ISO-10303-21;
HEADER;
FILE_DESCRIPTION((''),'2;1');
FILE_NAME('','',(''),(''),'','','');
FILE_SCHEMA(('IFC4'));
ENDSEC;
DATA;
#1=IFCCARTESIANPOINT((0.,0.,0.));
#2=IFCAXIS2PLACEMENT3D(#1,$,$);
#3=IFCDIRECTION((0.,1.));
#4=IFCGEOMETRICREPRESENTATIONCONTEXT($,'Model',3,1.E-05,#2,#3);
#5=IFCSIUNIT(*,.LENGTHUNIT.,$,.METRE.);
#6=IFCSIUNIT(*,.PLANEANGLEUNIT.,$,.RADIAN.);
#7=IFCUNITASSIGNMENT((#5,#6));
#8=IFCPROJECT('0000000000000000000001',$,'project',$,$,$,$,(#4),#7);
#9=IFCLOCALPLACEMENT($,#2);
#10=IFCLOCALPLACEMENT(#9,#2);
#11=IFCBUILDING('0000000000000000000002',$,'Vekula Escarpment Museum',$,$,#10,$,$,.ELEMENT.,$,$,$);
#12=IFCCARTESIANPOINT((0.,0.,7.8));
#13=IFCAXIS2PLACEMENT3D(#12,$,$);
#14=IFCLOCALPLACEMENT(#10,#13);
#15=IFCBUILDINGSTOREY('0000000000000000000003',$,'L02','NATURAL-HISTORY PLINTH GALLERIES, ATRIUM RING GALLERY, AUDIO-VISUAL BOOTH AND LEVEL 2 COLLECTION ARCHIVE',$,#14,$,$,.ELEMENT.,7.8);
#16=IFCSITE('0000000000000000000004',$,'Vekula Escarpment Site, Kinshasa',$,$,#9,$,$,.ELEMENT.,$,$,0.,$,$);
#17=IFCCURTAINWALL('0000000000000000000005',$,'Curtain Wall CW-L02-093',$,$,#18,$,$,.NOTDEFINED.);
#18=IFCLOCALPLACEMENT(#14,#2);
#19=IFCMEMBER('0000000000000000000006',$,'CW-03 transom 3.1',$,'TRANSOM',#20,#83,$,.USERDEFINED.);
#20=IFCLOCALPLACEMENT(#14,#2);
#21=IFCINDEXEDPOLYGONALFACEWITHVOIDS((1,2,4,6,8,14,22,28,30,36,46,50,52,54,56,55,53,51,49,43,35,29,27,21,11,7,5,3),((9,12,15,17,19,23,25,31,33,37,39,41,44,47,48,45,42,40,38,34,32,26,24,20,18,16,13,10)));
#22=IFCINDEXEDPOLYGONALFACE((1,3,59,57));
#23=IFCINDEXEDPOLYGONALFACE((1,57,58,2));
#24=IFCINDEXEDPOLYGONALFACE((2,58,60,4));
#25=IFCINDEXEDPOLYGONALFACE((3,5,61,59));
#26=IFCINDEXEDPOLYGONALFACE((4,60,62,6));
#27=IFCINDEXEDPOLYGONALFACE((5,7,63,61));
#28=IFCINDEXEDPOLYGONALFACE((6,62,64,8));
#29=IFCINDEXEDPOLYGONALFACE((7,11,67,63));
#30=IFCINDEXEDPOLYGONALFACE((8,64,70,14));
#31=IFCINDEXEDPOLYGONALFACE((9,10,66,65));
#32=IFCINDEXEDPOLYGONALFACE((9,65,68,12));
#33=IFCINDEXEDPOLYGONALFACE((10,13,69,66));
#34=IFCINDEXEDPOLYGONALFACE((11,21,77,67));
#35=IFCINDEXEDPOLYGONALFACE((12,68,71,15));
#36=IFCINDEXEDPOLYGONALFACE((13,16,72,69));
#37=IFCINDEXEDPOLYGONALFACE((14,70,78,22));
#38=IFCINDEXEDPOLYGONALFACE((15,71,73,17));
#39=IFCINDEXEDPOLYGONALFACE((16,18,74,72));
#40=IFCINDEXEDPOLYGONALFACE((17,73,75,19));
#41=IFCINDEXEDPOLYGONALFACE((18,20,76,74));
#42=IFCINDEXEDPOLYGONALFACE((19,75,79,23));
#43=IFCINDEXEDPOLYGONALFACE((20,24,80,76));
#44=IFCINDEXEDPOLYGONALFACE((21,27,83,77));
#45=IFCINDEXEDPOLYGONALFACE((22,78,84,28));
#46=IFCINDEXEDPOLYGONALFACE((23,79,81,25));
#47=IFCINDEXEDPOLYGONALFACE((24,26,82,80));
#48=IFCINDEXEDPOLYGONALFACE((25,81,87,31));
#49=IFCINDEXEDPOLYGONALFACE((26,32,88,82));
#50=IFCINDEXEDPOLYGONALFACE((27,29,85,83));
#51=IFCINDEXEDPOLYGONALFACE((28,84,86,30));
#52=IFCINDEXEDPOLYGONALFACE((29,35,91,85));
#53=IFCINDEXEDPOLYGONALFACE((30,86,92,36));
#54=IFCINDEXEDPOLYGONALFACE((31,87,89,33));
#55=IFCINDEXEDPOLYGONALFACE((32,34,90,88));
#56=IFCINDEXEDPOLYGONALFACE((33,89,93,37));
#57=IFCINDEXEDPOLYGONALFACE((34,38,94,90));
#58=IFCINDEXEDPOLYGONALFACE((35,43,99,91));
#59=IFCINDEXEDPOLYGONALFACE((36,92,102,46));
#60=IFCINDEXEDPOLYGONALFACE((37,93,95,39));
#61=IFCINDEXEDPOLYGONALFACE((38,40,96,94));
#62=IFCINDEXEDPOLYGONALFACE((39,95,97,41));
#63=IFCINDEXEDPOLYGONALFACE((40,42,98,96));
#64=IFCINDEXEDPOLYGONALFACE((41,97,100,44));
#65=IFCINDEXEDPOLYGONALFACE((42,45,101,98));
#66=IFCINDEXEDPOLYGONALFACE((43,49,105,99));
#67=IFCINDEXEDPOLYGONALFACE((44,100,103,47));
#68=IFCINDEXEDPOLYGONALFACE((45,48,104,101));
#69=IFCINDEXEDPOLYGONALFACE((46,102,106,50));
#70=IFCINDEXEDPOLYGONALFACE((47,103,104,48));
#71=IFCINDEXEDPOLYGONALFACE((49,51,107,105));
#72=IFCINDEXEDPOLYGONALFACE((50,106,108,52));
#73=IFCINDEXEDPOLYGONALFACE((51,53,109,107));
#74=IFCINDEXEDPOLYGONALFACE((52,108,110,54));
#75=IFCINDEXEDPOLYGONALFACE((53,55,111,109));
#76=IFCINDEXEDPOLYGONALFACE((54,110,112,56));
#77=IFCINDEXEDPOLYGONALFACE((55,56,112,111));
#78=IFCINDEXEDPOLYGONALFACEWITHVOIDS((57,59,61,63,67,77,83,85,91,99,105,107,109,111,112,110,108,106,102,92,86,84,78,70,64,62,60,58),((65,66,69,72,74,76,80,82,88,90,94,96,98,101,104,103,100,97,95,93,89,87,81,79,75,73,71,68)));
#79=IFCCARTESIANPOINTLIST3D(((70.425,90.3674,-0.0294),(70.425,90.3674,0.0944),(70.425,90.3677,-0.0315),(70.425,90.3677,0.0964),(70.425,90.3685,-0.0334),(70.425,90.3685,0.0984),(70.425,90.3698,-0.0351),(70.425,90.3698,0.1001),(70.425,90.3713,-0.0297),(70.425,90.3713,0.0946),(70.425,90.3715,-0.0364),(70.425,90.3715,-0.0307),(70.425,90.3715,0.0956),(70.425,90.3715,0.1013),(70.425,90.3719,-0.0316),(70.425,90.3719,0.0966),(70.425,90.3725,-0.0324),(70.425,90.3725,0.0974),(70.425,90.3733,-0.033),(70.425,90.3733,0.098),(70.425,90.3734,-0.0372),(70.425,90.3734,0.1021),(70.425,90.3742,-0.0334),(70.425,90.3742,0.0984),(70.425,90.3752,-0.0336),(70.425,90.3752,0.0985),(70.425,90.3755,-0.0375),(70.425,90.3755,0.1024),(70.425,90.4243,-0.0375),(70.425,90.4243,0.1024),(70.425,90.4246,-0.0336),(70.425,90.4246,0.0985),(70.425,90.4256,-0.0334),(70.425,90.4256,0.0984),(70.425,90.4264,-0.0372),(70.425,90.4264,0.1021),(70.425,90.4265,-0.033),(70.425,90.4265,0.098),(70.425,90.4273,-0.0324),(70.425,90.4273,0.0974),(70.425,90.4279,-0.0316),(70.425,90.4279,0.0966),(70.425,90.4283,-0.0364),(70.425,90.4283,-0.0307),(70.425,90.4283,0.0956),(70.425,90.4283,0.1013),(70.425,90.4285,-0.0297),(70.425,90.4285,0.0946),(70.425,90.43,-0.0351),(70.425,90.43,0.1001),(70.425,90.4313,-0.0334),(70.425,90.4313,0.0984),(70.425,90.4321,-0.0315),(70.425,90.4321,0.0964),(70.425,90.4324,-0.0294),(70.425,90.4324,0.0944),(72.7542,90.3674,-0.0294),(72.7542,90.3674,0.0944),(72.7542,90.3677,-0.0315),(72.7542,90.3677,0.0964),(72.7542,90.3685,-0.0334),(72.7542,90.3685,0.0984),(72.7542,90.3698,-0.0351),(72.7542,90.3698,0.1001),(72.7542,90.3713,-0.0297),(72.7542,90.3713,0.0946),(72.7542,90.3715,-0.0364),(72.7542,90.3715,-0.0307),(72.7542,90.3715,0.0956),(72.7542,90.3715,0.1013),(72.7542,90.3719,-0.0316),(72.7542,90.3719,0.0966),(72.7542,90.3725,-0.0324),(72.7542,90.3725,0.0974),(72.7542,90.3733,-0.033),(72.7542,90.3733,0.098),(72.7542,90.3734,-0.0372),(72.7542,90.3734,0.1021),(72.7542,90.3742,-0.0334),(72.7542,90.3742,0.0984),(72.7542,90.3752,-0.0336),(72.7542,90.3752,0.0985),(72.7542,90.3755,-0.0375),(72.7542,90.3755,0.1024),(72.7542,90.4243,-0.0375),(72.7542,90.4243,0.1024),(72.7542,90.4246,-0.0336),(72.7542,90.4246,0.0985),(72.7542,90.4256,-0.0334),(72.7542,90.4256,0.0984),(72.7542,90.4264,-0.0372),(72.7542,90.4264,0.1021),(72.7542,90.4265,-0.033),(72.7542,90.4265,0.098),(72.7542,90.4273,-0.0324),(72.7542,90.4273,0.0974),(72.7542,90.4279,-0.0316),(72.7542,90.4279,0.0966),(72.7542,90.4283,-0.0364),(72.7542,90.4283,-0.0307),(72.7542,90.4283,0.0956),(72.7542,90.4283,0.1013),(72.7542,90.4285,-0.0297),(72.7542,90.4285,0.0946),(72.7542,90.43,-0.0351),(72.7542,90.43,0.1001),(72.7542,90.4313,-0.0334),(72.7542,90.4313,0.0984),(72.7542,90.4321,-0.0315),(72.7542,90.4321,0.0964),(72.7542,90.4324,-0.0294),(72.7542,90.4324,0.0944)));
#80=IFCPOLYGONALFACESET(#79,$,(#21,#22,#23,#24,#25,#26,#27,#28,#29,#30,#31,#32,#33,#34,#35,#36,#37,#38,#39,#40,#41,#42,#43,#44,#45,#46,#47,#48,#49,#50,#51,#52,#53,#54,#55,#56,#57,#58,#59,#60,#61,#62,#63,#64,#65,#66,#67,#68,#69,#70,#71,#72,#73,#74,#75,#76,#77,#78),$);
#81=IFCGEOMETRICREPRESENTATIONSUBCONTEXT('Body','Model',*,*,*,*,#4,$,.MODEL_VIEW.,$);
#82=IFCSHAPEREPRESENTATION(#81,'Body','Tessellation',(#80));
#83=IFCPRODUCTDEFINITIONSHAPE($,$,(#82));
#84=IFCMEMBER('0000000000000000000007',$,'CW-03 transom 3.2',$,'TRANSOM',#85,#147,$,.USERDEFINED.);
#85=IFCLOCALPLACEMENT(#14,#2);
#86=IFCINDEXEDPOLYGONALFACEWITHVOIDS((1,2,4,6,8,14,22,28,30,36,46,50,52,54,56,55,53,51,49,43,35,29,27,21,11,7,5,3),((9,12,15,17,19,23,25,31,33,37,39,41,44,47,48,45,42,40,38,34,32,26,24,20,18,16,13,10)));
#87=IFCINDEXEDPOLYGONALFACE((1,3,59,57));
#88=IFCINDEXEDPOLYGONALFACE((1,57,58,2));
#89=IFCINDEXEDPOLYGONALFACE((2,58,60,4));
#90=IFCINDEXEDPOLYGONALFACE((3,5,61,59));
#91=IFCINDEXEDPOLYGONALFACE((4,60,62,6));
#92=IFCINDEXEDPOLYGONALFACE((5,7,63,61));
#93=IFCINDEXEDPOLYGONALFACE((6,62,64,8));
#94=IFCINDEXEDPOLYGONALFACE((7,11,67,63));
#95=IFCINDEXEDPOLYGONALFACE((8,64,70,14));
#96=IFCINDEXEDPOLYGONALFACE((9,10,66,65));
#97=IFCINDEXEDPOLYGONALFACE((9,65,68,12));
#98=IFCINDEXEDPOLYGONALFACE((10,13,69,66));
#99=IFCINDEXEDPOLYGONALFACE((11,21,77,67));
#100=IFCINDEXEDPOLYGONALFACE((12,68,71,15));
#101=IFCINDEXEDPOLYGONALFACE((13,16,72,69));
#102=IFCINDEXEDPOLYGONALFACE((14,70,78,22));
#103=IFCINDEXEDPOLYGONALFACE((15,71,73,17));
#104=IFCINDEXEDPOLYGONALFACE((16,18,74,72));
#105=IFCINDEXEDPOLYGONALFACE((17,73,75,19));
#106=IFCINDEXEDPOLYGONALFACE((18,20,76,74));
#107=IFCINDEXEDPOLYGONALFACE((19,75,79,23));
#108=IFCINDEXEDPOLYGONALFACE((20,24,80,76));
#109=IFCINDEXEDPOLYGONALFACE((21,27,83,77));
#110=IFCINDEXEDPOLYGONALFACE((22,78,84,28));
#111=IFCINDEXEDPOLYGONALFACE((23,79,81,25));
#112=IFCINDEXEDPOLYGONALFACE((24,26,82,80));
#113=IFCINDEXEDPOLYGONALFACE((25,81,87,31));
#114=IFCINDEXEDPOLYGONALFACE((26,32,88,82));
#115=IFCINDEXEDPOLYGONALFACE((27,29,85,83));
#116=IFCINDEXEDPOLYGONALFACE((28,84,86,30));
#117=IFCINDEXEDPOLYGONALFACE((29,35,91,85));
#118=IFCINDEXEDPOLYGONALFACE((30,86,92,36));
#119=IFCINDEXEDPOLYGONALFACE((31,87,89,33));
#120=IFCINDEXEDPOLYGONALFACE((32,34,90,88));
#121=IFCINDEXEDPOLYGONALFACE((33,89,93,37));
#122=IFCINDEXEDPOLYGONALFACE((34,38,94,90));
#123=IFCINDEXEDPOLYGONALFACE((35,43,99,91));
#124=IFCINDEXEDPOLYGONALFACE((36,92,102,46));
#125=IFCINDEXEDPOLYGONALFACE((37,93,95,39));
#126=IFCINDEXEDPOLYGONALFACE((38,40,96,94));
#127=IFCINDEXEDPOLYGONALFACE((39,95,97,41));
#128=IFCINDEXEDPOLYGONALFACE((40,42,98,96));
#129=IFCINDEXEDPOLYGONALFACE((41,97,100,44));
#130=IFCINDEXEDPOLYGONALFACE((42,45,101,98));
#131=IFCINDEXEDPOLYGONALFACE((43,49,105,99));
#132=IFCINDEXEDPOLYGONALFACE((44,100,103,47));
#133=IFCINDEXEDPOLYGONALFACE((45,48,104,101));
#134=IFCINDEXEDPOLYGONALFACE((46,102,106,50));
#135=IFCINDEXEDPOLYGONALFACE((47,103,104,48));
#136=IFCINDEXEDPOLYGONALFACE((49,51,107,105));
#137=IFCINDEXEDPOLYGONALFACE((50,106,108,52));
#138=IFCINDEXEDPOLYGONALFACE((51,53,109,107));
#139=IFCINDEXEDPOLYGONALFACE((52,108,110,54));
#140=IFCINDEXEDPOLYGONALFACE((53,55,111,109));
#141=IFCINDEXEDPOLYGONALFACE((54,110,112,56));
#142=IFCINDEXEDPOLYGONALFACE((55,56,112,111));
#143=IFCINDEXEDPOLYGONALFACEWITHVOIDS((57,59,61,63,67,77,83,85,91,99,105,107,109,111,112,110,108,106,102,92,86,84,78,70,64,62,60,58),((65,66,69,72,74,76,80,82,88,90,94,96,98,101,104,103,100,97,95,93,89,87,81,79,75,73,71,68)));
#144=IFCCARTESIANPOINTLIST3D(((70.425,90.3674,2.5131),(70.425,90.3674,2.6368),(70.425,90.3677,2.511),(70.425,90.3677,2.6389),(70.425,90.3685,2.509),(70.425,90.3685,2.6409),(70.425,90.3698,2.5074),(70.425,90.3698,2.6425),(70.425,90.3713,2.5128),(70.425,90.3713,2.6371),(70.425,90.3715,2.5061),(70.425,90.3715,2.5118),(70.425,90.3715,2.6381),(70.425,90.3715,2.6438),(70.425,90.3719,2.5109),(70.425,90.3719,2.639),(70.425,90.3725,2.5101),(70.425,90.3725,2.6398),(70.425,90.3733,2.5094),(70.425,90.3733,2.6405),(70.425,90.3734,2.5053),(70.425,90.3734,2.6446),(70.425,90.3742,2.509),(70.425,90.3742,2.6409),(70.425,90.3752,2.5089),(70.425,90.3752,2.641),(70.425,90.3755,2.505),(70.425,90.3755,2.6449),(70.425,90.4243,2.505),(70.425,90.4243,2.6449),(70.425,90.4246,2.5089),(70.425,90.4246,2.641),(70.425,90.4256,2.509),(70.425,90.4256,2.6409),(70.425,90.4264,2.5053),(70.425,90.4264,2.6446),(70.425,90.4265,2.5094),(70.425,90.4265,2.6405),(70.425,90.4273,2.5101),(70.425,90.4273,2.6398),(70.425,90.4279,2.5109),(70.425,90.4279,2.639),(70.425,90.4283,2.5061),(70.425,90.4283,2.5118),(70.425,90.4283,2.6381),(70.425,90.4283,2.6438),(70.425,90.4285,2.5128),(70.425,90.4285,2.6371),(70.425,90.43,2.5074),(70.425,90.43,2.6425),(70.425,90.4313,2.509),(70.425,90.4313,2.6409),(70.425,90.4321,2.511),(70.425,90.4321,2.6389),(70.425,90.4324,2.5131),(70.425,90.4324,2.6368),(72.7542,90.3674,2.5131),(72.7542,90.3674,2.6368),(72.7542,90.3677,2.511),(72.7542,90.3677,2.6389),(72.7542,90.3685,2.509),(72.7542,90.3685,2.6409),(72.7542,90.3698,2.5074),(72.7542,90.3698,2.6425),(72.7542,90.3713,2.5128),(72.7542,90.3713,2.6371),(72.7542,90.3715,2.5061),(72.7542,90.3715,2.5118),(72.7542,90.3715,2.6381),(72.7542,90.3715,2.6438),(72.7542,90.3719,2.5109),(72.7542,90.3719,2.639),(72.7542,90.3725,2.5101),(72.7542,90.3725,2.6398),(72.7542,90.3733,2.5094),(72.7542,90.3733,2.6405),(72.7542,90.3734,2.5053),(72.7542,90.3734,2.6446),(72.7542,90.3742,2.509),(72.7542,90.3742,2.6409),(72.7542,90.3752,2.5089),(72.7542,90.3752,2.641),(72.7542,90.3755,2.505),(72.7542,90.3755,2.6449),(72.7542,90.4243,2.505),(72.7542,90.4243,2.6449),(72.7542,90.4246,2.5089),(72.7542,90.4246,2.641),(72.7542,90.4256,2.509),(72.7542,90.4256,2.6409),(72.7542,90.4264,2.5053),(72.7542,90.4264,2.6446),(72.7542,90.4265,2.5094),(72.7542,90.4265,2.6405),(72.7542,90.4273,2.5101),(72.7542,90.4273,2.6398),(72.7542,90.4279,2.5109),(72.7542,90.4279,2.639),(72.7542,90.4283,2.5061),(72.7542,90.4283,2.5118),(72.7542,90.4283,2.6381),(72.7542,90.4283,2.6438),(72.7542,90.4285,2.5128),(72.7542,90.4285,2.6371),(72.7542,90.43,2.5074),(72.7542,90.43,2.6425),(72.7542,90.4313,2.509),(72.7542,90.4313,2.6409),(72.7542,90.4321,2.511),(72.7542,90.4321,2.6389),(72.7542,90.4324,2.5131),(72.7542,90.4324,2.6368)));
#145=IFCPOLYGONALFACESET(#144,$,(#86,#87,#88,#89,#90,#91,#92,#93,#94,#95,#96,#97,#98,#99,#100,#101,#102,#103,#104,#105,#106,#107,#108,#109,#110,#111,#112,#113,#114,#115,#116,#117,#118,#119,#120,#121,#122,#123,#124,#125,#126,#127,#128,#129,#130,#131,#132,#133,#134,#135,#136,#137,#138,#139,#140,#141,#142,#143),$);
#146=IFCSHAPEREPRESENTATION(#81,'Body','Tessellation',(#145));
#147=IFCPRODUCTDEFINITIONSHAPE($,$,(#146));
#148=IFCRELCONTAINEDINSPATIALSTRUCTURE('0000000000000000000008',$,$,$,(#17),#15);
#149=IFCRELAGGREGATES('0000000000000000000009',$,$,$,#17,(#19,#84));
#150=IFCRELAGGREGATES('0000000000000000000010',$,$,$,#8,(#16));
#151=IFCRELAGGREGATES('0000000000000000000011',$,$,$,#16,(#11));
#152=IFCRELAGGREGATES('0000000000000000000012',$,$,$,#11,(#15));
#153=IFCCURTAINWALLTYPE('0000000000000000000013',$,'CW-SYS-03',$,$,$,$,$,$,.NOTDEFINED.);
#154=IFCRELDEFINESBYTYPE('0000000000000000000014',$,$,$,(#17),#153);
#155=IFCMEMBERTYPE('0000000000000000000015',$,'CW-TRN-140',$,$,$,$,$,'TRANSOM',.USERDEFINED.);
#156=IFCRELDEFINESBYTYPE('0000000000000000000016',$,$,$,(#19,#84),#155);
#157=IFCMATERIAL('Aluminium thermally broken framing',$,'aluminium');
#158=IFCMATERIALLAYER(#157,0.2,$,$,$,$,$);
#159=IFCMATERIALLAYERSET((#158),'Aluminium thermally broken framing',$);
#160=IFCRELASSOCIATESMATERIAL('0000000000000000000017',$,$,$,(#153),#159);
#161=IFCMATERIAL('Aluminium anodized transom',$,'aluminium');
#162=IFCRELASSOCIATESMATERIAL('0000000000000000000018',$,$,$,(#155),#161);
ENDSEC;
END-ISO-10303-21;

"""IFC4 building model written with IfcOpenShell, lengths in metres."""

from ifc_helpers import new_model, si_unit, direction, frame, origin, origin_2d, place, context, subcontext, project, spatial, hollow_rectangle, extrude, material, layer, layer_set, material_profile, profile_set, type_object, element, aggregate, save


model = new_model("IFC4")

# Units and contexts
model_context = context("Model", 3, precision=1e-05, world=origin(), true_north=direction((0.0, 1.0)))
body_context = subcontext(model_context, "Body", "Model", "MODEL_VIEW")
ifc_project = project(units=[si_unit("LENGTHUNIT", "METRE"), si_unit("PLANEANGLEUNIT", "RADIAN")], contexts=[model_context])

# Site, building, storey
site_placement = place(None, origin())
site = spatial("IfcSite", under=ifc_project, at=site_placement, Name="Vekula Escarpment Site, Kinshasa", CompositionType="ELEMENT", RefElevation=0.0)
building_placement = place(site_placement, origin())
building = spatial("IfcBuilding", under=site, at=building_placement, Name="Vekula Escarpment Museum", CompositionType="ELEMENT")
storey_placement = place(building_placement, frame((0.0, 0.0, 7.8)))
storey = spatial("IfcBuildingStorey", under=building, at=storey_placement, Name="L02", Description="NATURAL-HISTORY PLINTH GALLERIES, ATRIUM RING GALLERY, AUDIO-VISUAL BOOTH AND LEVEL 2 COLLECTION ARCHIVE", CompositionType="ELEMENT", Elevation=7.8)

# Curtain wall
ifc_material_1 = material(Name="Aluminium thermally broken framing", Category="aluminium")
ifc_layer_1 = layer(ifc_material_1, 0.2)
ifc_layer_set_1 = layer_set([ifc_layer_1], Name="Aluminium thermally broken framing")
curtain_wall_type_1 = type_object("IfcCurtainWallType", Name="CW-SYS-03", PredefinedType="NOTDEFINED", material=ifc_layer_set_1)
curtain_wall_1_placement = place(storey_placement, origin())
curtain_wall_1 = element("IfcCurtainWall", 1, at=curtain_wall_1_placement, inside=storey, type_object=curtain_wall_type_1, Name="Curtain Wall CW-L02-093", PredefinedType="NOTDEFINED")

# Members
ifc_material_2 = material(Name="Aluminium anodized transom", Category="aluminium")
ifc_material_profile_1 = material_profile(ifc_material_2, hollow_rectangle(XDim=0.0649, YDim=0.1399, WallThickness=0.0039, InnerFilletRadius=0.0039, OuterFilletRadius=0.0081, at=origin_2d()), Name="ALU 140x65x4")
ifc_profile_set_1 = profile_set([ifc_material_profile_1], Name="Aluminium anodized transom")
member_type_1 = type_object("IfcMemberType", Name="CW-TRN-140", ElementType="TRANSOM", PredefinedType="USERDEFINED", material=ifc_profile_set_1)
member_1_placement = place(storey_placement, frame((72.7542, 90.3999, 0.0325), z_axis=(-1.0, 0.0, 0.0), x_axis=(0.0, -1.0, 0.0)))
member_1 = element("IfcMember", 2, at=member_1_placement, type_object=member_type_1, Name="CW-03 transom 3.1", ObjectType="TRANSOM", PredefinedType="USERDEFINED", context=body_context, shape_type="SweptSolid", body=[
    extrude(hollow_rectangle(XDim=0.0649, YDim=0.1399, WallThickness=0.0039, InnerFilletRadius=0.0039, OuterFilletRadius=0.0081, at=origin_2d()), origin(), (0.0, 0.0, 1.0), 2.3291),
])
member_2_placement = place(storey_placement, frame((72.7542, 90.3999, 2.575), z_axis=(-1.0, 0.0, 0.0), x_axis=(0.0, -1.0, 0.0)))
member_2 = element("IfcMember", 3, at=member_2_placement, type_object=member_type_1, Name="CW-03 transom 3.2", ObjectType="TRANSOM", PredefinedType="USERDEFINED", context=body_context, shape_type="SweptSolid", body=[
    extrude(hollow_rectangle(XDim=0.0649, YDim=0.1399, WallThickness=0.0039, InnerFilletRadius=0.0039, OuterFilletRadius=0.0081, at=origin_2d()), origin(), (0.0, 0.0, 1.0), 2.3291),
])

aggregate(curtain_wall_1, [member_1, member_2])

save(model, "model.ifc")
